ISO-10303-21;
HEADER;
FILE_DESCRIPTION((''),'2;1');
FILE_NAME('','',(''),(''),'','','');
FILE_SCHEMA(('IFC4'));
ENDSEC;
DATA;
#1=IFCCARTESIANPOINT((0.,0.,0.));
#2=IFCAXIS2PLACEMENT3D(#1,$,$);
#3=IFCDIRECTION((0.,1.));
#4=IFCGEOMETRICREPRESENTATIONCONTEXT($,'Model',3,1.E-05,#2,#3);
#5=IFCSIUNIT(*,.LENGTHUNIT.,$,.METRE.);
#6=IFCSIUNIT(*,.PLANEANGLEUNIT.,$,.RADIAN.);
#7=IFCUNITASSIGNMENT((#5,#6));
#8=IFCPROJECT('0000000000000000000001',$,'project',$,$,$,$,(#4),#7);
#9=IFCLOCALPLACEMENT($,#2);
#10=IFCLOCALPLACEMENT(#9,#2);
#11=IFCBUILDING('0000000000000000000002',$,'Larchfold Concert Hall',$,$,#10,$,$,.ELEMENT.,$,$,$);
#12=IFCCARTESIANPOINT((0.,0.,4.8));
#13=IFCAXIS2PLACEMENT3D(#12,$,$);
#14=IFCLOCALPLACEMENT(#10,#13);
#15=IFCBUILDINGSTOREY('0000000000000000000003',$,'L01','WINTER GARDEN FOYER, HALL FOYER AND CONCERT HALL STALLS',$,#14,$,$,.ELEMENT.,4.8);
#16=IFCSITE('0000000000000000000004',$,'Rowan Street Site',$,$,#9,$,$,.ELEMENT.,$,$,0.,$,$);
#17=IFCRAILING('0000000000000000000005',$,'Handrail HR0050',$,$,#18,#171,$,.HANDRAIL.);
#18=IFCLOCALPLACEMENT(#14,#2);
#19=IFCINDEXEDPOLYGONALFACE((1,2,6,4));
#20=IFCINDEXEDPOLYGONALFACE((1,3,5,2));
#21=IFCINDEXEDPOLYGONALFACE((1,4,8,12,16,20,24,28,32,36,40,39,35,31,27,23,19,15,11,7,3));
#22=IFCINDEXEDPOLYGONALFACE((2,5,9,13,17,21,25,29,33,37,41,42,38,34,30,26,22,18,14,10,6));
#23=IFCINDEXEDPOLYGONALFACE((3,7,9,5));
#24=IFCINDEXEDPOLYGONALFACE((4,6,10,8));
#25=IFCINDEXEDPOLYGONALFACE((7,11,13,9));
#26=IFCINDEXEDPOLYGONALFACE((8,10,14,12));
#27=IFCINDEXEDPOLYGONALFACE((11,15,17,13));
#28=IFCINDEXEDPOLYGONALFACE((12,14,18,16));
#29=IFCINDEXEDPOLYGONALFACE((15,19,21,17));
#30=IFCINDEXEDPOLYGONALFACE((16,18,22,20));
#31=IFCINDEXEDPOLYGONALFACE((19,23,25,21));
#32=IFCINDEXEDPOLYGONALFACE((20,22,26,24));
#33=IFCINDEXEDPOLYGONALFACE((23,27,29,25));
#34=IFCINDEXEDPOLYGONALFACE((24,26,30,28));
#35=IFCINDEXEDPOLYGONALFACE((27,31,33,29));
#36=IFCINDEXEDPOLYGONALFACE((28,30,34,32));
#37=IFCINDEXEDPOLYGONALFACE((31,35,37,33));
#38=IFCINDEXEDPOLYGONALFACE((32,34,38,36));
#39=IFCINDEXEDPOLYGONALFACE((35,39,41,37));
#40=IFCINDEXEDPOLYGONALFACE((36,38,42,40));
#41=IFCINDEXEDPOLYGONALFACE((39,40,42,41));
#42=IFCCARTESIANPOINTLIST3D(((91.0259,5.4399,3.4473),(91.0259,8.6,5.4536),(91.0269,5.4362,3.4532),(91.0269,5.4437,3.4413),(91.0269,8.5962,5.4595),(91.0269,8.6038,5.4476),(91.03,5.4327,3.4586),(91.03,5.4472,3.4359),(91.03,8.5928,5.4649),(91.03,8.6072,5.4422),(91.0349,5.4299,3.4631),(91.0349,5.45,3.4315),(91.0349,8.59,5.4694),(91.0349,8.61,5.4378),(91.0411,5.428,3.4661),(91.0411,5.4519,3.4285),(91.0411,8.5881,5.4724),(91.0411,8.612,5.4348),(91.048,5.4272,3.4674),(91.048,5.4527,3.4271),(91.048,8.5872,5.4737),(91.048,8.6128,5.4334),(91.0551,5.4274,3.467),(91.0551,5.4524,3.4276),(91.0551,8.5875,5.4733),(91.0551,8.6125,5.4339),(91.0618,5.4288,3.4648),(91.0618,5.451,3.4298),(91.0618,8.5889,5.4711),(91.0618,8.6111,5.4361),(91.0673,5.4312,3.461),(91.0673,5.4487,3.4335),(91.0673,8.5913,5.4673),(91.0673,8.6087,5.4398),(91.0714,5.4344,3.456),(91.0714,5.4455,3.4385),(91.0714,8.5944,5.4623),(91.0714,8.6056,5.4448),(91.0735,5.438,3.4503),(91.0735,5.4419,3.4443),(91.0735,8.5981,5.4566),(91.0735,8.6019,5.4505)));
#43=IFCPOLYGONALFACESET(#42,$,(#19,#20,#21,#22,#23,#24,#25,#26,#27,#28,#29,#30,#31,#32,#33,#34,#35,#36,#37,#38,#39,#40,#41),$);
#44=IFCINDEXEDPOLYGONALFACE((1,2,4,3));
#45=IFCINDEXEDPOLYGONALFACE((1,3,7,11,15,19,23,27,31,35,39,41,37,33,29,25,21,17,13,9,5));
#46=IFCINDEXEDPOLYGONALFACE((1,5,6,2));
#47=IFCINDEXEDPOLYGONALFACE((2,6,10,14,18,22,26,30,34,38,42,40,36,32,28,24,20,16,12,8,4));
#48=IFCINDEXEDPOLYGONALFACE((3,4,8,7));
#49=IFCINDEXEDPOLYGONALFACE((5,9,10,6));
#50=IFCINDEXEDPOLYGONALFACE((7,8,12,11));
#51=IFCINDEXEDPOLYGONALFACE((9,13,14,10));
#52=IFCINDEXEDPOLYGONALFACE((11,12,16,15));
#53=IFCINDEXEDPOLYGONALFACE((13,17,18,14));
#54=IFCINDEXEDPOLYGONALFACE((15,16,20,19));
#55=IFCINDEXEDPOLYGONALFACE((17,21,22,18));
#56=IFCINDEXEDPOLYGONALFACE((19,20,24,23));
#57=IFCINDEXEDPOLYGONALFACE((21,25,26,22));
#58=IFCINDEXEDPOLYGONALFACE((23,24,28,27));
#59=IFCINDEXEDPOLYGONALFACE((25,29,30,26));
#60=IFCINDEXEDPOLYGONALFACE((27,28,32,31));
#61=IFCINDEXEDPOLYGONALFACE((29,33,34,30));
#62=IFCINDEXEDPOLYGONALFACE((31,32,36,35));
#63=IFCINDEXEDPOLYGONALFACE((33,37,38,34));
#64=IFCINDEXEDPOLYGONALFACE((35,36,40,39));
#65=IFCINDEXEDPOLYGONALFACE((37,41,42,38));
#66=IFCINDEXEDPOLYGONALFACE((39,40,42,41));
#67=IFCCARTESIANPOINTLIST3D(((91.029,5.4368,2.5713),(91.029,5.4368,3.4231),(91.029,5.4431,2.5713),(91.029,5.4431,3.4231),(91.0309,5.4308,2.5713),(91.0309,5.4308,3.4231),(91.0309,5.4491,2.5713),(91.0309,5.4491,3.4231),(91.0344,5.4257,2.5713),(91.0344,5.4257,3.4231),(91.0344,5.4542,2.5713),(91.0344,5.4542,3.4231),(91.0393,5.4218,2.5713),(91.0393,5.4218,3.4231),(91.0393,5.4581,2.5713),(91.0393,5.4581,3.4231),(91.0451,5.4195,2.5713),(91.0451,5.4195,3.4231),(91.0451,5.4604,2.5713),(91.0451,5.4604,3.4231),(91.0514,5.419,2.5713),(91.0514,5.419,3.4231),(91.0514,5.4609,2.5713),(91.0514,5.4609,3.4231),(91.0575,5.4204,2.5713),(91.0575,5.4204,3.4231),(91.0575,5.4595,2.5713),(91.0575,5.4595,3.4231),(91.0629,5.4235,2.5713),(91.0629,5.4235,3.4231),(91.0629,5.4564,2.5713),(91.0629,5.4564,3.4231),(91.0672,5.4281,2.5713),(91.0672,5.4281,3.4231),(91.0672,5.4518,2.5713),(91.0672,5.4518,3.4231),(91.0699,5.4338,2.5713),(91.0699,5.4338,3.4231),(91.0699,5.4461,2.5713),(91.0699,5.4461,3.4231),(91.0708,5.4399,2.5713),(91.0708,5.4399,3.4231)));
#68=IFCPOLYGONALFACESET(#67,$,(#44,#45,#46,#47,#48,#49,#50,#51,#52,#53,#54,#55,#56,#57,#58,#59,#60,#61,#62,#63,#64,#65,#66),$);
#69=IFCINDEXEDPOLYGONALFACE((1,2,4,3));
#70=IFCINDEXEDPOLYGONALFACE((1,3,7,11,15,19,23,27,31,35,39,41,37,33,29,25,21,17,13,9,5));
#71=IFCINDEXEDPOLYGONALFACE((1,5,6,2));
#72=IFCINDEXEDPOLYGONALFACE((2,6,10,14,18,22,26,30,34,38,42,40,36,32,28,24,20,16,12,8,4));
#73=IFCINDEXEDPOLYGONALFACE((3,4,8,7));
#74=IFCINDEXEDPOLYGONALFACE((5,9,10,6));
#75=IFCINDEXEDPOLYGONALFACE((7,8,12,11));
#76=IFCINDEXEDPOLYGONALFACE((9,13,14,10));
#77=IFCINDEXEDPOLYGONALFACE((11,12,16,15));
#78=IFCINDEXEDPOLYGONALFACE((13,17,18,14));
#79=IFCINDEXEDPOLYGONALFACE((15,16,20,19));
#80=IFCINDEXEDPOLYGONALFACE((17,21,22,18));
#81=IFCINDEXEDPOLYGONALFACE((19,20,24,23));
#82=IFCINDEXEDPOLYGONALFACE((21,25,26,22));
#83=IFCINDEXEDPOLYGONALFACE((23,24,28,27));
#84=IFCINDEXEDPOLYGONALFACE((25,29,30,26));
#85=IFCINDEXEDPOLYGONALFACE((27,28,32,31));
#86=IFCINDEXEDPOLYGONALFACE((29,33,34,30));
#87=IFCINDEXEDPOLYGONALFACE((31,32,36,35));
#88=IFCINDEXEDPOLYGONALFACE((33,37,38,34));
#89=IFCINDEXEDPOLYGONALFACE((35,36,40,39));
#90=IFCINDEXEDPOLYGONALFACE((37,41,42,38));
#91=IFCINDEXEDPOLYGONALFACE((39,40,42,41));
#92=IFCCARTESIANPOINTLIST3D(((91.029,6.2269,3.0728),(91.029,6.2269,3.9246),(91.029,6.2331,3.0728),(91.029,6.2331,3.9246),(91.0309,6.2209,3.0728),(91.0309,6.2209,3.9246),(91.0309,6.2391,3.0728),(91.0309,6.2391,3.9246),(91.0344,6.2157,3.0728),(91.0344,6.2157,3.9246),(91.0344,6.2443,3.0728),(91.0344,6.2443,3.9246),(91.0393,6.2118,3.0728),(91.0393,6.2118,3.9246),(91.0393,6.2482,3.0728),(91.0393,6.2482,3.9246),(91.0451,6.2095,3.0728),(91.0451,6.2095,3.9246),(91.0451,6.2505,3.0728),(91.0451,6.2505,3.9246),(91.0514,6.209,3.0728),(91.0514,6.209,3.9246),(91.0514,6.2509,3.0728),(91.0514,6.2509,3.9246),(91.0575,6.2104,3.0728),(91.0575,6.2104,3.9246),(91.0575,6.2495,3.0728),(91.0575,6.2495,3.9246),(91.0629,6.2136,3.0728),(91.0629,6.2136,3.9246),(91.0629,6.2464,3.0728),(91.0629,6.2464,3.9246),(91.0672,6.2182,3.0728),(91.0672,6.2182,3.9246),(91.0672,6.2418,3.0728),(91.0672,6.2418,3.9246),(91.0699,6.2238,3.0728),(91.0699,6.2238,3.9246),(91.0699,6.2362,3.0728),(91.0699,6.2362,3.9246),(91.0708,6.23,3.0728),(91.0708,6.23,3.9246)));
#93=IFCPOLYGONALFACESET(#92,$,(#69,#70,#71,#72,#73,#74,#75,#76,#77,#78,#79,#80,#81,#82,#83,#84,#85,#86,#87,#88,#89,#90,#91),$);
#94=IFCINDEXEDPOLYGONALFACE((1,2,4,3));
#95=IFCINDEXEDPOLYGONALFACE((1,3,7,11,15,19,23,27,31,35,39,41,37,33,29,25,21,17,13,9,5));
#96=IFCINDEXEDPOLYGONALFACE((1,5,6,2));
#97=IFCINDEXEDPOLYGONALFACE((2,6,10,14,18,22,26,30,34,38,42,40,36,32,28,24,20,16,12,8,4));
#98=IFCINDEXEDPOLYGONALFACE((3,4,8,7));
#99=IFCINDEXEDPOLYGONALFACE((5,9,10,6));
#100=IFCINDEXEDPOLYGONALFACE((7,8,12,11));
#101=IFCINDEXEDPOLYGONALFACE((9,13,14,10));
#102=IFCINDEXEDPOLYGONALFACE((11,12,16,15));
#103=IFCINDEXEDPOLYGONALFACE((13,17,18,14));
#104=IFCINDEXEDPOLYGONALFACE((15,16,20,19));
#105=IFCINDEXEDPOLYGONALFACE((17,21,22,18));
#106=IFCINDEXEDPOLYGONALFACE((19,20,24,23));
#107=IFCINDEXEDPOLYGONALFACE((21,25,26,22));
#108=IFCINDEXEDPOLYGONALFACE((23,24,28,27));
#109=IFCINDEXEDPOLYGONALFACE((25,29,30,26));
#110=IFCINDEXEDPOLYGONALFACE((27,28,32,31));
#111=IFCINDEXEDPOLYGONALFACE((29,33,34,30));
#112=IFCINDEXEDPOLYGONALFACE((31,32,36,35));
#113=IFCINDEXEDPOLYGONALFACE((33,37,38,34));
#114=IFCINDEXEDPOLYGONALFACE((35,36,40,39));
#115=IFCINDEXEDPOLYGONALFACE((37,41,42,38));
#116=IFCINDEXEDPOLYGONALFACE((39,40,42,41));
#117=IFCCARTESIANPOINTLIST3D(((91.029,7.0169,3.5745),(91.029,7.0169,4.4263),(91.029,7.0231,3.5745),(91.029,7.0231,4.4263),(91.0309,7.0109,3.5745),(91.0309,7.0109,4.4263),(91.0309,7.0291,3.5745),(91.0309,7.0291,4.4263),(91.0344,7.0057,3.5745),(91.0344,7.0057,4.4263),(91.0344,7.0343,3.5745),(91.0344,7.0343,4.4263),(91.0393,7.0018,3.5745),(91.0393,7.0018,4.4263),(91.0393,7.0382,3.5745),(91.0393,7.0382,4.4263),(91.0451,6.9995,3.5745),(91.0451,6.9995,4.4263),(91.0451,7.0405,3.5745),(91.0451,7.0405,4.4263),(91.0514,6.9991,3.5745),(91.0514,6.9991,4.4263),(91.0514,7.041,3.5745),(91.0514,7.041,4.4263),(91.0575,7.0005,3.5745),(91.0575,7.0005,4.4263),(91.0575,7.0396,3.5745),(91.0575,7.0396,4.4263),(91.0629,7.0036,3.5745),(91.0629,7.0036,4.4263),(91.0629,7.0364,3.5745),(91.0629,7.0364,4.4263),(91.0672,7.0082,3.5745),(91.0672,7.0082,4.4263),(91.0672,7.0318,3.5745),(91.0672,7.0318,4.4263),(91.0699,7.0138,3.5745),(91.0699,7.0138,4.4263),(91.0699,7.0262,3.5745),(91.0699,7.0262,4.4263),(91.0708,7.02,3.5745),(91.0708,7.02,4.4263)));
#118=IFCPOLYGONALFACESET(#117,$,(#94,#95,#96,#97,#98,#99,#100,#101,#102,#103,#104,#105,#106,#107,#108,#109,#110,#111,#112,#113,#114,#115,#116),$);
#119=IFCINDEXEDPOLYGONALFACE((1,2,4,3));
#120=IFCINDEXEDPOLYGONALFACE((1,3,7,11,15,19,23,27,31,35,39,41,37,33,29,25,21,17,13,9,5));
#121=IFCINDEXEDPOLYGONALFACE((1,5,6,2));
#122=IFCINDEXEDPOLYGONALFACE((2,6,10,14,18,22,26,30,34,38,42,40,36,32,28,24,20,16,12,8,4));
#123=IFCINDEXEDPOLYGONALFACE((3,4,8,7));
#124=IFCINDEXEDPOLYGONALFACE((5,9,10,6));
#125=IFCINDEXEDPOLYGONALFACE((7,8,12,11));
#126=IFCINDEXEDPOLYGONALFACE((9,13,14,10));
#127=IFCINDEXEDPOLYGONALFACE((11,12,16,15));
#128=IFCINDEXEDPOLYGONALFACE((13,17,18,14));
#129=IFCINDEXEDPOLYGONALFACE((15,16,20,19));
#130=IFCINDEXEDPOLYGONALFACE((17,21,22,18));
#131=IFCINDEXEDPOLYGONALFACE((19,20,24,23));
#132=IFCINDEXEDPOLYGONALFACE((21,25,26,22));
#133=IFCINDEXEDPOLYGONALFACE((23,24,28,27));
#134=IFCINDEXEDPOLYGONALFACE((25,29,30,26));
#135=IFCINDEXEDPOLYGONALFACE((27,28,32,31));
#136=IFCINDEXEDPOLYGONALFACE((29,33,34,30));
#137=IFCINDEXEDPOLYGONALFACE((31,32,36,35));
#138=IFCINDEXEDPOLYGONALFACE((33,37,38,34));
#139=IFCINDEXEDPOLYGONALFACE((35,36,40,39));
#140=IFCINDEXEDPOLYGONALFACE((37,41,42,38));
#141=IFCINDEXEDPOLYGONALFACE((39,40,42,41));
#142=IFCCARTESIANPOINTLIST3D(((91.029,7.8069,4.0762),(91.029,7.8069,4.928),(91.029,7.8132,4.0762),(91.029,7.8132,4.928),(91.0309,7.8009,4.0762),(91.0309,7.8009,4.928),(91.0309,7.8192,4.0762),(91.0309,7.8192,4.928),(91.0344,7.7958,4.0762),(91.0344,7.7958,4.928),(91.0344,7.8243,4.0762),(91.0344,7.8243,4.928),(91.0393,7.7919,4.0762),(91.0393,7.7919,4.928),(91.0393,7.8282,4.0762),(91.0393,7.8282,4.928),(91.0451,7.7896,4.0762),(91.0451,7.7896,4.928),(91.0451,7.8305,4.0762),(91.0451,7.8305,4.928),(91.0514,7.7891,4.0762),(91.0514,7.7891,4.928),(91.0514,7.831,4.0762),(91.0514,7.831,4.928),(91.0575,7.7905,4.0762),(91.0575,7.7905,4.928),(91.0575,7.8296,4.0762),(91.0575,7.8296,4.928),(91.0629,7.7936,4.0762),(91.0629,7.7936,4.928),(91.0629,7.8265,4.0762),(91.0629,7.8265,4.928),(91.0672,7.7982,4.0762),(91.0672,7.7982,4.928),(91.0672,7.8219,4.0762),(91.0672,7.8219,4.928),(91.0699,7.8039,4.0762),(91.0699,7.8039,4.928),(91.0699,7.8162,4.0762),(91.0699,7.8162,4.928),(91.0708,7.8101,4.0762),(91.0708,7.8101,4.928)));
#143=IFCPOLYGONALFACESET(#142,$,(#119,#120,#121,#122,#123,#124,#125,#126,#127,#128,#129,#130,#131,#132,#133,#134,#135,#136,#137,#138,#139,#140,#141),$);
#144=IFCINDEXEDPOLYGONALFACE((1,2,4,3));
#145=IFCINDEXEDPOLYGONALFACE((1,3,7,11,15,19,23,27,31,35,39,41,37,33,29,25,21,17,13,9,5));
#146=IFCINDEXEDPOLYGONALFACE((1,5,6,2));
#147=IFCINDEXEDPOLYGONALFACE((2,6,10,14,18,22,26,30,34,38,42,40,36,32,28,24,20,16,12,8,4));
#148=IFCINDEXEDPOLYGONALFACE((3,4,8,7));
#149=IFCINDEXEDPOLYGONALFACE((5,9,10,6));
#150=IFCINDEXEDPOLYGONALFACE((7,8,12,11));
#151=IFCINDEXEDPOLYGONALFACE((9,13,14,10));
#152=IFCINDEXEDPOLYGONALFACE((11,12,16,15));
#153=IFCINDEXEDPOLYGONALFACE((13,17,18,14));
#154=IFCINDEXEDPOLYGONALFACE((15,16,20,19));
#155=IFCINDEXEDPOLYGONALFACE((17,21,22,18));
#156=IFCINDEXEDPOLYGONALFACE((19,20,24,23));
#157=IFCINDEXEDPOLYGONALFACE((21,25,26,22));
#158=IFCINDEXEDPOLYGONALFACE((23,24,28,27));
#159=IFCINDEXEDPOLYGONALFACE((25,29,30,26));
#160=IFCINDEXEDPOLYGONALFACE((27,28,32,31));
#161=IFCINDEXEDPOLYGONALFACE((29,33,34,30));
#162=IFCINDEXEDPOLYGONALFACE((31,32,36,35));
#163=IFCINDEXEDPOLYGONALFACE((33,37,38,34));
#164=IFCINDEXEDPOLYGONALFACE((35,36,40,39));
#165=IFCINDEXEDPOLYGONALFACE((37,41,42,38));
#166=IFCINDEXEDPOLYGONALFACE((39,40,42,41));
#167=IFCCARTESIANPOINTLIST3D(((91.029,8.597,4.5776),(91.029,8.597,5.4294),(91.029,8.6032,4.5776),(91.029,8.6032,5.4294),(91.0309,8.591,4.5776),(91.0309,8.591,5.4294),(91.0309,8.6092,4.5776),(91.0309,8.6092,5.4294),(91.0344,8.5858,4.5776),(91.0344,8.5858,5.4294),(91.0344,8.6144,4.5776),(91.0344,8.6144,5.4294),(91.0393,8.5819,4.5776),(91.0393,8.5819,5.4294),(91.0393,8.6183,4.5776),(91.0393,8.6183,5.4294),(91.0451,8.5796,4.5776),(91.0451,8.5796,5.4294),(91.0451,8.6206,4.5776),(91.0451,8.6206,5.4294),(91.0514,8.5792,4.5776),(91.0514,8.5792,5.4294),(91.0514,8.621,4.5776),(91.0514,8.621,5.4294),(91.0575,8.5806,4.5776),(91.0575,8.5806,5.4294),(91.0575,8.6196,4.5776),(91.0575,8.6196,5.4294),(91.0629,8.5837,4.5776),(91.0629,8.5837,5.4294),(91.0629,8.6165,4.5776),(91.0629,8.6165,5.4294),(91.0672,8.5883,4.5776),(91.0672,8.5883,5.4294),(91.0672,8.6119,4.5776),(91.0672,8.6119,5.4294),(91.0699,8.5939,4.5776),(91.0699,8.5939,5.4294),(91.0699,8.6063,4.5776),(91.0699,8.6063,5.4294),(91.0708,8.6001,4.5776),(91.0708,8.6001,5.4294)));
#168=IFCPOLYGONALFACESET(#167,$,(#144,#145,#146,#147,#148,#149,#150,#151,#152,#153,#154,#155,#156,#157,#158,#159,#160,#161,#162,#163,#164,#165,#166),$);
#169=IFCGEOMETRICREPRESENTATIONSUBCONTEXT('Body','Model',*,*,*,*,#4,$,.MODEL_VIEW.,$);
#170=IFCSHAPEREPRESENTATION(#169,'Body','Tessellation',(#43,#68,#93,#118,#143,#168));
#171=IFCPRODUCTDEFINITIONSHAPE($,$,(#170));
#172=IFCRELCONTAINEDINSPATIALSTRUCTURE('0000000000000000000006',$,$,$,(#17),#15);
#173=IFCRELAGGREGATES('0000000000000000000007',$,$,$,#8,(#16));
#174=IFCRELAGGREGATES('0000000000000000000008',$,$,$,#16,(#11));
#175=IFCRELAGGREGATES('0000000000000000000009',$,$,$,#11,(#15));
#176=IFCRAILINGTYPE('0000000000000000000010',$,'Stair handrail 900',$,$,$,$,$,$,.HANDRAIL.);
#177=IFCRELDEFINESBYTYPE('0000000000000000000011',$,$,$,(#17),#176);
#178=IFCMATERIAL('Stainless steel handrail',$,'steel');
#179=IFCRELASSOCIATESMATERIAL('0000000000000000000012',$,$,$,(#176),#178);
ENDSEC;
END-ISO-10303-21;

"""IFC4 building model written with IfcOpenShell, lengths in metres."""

from ifc_helpers import new_model, si_unit, direction, frame, origin, origin_2d, place, context, subcontext, project, spatial, circle, extrude, material, type_object, element, save


model = new_model("IFC4")

# Units and contexts
model_context = context("Model", 3, precision=1e-05, world=origin(), true_north=direction((0.0, 1.0)))
body_context = subcontext(model_context, "Body", "Model", "MODEL_VIEW")
ifc_project = project(units=[si_unit("LENGTHUNIT", "METRE"), si_unit("PLANEANGLEUNIT", "RADIAN")], contexts=[model_context])

# Site, building, storey
site_placement = place(None, origin())
site = spatial("IfcSite", under=ifc_project, at=site_placement, Name="Rowan Street Site", CompositionType="ELEMENT", RefElevation=0.0)
building_placement = place(site_placement, origin())
building = spatial("IfcBuilding", under=site, at=building_placement, Name="Larchfold Concert Hall", CompositionType="ELEMENT")
storey_placement = place(building_placement, frame((0.0, 0.0, 4.8)))
storey = spatial("IfcBuildingStorey", under=building, at=storey_placement, Name="L01", Description="WINTER GARDEN FOYER, HALL FOYER AND CONCERT HALL STALLS", CompositionType="ELEMENT", Elevation=4.8)

# Railing
ifc_material_1 = material(Name="Stainless steel handrail", Category="steel")
railing_type_1 = type_object("IfcRailingType", Name="Stair handrail 900", PredefinedType="HANDRAIL", material=ifc_material_1)
railing_1_placement = place(storey_placement, frame((91.0498, 5.4399, 2.5713)))
element("IfcRailing", 1, at=railing_1_placement, inside=storey, type_object=railing_type_1, Name="Handrail HR0050", PredefinedType="HANDRAIL", context=body_context, shape_type="SweptSolid", body=[
    extrude(circle(Radius=0.0239, at=origin_2d()), frame((0.0, 0.0, 0.876), z_axis=(0.0, 0.844225, 0.535989), x_axis=(-1.0, 0.0, 0.0)), (0.0, 0.0, 1.0), 3.7432),
    extrude(circle(Radius=0.021, at=origin_2d()), origin(), (0.0, 0.0, 1.0), 0.8518),
    extrude(circle(Radius=0.021, at=origin_2d()), frame((0.0, 0.79, 0.5015)), (0.0, 0.0, 1.0), 0.8518),
    extrude(circle(Radius=0.021, at=origin_2d()), frame((0.0, 1.5801, 1.0032)), (0.0, 0.0, 1.0), 0.8518),
    extrude(circle(Radius=0.021, at=origin_2d()), frame((0.0, 2.3701, 1.5049)), (0.0, 0.0, 1.0), 0.8518),
    extrude(circle(Radius=0.021, at=origin_2d()), frame((0.0, 3.1602, 2.0063)), (0.0, 0.0, 1.0), 0.8518),
])

save(model, "model.ifc")
